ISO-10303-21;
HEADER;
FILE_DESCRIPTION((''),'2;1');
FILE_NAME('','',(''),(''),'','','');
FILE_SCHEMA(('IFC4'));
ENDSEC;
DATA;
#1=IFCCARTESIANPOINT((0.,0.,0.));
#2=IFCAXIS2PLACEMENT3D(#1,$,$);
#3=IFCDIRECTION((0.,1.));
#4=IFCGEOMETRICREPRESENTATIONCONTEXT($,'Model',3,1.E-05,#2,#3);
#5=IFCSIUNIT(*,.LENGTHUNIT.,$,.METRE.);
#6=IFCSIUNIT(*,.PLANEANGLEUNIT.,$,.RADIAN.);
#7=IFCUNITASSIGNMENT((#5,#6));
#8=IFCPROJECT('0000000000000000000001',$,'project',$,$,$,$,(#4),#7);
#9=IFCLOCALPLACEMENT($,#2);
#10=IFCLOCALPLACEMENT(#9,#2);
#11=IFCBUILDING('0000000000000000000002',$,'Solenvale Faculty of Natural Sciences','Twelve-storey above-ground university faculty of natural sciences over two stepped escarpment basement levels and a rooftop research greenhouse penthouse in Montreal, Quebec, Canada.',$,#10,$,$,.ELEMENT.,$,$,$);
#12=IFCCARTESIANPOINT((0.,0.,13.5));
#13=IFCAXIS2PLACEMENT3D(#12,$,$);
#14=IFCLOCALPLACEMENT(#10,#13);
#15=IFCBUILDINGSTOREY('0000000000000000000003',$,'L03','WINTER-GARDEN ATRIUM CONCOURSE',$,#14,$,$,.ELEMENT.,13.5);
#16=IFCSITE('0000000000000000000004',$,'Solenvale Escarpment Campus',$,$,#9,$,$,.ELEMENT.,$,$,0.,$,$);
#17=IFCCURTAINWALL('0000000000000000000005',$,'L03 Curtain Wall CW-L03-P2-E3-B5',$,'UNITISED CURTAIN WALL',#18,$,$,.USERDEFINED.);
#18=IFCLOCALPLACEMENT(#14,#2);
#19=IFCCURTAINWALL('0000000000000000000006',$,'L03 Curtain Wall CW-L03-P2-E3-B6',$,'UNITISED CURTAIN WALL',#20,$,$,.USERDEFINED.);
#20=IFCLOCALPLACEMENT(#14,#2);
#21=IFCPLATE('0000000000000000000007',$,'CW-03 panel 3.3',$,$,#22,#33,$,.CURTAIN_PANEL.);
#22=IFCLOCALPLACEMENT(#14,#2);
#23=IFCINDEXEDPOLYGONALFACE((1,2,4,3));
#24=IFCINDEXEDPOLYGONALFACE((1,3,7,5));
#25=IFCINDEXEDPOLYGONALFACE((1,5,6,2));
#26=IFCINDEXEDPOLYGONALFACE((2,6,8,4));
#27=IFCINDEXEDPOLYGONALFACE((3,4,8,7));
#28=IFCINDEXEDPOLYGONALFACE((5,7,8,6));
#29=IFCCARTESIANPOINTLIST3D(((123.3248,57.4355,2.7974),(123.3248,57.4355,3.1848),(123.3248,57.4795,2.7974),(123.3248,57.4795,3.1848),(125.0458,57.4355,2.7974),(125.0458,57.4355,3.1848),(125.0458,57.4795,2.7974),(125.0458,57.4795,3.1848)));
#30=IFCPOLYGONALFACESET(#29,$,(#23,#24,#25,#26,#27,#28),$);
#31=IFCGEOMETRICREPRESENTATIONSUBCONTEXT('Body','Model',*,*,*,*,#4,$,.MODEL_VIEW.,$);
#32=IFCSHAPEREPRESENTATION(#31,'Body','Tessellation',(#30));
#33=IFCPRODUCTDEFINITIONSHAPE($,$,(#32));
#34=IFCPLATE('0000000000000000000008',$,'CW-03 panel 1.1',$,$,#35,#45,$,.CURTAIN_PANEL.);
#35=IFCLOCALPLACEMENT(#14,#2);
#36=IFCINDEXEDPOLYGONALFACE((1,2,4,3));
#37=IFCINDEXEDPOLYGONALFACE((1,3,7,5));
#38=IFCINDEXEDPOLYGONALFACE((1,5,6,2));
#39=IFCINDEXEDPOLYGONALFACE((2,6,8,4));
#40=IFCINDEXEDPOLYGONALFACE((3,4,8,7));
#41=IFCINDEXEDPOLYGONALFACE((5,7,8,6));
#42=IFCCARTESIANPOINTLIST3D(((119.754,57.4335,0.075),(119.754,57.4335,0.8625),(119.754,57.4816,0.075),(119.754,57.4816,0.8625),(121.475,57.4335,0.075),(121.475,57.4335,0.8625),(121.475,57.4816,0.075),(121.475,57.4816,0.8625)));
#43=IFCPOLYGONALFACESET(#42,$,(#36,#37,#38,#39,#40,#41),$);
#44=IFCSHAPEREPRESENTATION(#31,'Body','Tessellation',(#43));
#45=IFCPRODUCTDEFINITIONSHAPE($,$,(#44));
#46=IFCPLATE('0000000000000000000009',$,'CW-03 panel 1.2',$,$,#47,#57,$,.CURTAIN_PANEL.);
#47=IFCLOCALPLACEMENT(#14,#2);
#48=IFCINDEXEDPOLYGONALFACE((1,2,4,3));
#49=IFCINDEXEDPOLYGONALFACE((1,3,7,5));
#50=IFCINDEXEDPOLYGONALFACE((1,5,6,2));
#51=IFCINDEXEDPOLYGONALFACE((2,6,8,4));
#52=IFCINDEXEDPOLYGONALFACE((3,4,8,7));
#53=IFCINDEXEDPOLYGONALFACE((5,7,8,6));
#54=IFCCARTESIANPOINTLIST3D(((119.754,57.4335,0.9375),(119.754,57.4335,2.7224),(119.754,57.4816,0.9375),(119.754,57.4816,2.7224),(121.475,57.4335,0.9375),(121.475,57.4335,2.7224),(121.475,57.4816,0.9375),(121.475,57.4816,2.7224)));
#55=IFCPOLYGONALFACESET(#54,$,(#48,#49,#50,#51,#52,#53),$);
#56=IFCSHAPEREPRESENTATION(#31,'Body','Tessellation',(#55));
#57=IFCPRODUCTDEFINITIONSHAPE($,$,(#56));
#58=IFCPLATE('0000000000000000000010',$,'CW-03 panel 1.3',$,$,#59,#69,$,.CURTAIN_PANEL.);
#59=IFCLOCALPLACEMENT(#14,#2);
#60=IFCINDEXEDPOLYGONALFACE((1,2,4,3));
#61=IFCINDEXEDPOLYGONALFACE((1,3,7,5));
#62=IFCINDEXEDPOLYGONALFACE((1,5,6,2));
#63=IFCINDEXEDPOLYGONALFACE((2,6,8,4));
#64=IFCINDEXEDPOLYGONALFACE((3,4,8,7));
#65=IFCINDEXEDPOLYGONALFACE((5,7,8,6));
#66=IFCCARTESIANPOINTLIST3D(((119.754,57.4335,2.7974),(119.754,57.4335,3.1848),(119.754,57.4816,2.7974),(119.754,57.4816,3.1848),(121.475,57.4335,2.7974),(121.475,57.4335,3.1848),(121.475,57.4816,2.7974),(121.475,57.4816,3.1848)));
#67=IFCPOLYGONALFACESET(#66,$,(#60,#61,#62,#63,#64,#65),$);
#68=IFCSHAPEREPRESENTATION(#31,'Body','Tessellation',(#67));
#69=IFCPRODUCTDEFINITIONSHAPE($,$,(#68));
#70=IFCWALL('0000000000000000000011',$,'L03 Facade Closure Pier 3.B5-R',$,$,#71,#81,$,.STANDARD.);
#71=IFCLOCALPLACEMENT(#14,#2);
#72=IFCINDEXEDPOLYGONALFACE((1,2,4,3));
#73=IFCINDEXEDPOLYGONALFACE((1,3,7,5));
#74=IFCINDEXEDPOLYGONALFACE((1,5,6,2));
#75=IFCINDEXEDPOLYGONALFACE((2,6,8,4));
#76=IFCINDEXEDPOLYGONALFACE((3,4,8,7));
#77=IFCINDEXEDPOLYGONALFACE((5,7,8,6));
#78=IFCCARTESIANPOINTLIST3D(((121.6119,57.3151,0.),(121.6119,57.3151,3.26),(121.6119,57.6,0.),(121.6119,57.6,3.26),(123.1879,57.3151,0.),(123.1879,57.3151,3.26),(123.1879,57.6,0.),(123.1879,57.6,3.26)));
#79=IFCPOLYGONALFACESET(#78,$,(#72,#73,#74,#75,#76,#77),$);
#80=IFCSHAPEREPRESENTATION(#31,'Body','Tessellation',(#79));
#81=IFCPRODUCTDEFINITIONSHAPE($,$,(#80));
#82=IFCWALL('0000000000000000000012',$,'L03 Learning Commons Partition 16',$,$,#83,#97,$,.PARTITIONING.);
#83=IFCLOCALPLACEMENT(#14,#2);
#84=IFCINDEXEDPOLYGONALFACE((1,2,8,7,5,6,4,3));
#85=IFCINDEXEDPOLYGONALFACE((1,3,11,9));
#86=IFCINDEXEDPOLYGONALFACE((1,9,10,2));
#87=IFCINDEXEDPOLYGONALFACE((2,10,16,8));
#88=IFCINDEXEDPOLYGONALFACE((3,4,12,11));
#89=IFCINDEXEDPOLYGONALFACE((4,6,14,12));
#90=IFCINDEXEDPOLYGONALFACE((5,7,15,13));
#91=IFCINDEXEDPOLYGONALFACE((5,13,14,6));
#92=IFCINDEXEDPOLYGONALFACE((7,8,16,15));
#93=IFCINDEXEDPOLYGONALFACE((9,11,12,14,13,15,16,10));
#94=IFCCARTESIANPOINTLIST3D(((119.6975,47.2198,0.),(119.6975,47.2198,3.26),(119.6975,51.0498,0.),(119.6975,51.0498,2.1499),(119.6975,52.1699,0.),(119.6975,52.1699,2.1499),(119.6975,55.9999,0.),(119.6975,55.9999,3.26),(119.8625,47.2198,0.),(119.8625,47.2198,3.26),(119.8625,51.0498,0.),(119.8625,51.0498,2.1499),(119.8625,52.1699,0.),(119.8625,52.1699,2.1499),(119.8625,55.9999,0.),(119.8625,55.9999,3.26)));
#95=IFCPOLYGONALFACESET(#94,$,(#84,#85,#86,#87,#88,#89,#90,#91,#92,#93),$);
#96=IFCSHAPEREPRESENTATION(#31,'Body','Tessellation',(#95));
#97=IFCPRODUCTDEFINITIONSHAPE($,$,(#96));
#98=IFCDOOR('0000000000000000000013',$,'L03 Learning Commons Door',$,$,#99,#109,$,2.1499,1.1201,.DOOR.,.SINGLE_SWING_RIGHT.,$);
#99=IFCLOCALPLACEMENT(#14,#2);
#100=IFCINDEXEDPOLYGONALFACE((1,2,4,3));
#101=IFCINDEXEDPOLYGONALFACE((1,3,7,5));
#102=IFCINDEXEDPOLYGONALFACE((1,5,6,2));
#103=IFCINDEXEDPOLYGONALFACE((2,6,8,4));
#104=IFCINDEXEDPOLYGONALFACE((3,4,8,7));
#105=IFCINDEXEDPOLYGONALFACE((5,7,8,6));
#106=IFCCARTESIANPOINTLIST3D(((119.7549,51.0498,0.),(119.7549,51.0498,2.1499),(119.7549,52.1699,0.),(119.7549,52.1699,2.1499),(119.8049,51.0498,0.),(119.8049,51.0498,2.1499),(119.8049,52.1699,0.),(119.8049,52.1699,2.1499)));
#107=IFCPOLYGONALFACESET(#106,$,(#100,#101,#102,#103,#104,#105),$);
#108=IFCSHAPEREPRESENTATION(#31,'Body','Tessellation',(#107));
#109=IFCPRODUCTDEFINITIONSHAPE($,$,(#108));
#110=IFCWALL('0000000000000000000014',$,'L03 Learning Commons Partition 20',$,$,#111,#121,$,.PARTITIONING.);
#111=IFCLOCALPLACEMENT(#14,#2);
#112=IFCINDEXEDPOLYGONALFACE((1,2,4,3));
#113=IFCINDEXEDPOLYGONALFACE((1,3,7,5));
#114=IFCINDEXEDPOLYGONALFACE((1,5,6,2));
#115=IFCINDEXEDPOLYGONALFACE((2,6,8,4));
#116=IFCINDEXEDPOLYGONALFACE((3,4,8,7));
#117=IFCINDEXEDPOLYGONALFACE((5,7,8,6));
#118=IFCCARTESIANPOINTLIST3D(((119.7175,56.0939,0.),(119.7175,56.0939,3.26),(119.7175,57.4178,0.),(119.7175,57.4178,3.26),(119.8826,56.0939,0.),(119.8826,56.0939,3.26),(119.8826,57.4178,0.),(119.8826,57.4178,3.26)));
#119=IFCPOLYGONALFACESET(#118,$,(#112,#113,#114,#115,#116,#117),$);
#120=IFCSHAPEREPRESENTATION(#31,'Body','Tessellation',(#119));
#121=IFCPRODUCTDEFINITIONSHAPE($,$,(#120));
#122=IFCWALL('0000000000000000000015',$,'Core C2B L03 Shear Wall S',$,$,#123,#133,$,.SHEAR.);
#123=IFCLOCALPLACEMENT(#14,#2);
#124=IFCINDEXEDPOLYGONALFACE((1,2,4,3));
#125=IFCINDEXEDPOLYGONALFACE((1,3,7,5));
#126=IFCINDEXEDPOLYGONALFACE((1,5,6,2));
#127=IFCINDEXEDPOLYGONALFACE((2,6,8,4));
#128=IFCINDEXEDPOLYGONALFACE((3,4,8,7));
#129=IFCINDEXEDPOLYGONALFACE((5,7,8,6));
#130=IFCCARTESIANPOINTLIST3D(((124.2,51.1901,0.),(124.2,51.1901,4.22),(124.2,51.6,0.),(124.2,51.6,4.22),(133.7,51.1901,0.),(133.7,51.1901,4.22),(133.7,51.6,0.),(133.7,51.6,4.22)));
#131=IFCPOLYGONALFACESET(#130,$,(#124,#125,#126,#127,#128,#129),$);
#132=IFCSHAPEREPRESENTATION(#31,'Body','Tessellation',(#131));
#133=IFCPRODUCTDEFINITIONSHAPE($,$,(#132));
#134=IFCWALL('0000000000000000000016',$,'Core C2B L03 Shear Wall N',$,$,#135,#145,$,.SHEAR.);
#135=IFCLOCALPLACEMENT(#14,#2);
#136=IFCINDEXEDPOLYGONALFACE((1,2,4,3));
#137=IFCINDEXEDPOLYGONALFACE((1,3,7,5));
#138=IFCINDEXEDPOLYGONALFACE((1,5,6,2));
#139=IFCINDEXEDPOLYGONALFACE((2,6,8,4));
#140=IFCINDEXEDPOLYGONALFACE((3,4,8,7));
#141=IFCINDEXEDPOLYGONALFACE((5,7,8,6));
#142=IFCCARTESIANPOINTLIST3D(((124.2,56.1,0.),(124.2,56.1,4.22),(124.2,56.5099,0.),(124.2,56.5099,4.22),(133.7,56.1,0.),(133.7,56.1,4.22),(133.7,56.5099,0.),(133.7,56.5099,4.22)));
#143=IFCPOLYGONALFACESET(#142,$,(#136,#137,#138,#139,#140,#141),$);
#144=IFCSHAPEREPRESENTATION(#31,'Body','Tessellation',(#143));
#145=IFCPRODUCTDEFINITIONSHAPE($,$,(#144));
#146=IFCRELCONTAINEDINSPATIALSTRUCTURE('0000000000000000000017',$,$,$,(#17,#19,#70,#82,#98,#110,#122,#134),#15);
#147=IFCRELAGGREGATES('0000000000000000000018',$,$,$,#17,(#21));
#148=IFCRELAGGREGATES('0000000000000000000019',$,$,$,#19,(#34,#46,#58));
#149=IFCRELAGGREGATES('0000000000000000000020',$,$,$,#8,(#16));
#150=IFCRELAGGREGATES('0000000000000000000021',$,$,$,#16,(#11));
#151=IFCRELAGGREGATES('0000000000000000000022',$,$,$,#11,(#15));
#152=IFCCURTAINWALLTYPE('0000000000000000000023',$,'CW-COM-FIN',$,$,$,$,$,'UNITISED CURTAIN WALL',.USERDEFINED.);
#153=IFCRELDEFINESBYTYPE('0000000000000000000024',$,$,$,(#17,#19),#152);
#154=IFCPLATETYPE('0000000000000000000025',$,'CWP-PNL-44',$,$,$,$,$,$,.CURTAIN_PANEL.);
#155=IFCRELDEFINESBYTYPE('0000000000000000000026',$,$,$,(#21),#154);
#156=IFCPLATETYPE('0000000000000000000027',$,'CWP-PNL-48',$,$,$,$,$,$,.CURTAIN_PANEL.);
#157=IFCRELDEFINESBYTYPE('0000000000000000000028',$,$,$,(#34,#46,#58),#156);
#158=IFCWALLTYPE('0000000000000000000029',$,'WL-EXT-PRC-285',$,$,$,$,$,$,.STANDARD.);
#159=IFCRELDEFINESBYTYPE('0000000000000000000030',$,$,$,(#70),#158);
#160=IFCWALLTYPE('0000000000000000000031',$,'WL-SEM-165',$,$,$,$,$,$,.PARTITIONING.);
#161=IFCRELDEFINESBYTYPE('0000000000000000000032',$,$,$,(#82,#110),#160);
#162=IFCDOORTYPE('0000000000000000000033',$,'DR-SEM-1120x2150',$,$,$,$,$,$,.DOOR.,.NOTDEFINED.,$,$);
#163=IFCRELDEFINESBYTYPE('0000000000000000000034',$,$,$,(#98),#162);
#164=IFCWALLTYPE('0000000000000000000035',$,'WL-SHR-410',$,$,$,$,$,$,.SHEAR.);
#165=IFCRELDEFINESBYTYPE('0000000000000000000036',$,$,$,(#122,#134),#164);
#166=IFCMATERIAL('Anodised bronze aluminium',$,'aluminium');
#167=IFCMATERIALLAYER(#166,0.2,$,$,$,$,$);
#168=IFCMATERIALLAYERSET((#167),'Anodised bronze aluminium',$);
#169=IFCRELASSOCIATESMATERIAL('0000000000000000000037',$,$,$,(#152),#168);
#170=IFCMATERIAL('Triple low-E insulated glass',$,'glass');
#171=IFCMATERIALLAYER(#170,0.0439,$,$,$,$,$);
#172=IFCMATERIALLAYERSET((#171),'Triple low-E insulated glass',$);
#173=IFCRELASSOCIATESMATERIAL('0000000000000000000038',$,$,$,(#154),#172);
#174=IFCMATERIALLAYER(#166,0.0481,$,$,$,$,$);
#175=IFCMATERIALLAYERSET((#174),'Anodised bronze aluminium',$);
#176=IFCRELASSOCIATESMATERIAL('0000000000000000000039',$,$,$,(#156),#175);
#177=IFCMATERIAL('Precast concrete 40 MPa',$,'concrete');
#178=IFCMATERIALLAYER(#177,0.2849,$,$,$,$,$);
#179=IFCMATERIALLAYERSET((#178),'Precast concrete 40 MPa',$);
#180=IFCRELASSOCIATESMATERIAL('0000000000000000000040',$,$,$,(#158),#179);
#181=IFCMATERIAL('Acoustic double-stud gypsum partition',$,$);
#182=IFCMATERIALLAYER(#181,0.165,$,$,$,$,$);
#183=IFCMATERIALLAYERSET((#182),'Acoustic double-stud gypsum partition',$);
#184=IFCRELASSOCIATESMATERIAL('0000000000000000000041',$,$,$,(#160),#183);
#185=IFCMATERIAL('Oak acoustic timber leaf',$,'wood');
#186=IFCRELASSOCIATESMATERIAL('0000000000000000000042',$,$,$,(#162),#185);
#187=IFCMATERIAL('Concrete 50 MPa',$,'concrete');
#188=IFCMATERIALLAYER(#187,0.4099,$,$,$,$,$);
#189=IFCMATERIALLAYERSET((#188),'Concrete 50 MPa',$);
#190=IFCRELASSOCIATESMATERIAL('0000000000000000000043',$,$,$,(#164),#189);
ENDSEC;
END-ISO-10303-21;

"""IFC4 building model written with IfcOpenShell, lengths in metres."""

from ifc_helpers import new_model, si_unit, direction, frame, frame_2d, origin, origin_2d, place, context, subcontext, project, spatial, rectangle, extrude, material, layer, layer_set, type_object, element, fill, aggregate, save


model = new_model("IFC4")

# Units and contexts
model_context = context("Model", 3, precision=1e-05, world=origin(), true_north=direction((0.0, 1.0)))
body_context = subcontext(model_context, "Body", "Model", "MODEL_VIEW")
ifc_project = project(units=[si_unit("LENGTHUNIT", "METRE"), si_unit("PLANEANGLEUNIT", "RADIAN")], contexts=[model_context])

# Site, building, storey
site_placement = place(None, origin())
site = spatial("IfcSite", under=ifc_project, at=site_placement, Name="Solenvale Escarpment Campus", CompositionType="ELEMENT", RefElevation=0.0)
building_placement = place(site_placement, origin())
building = spatial("IfcBuilding", under=site, at=building_placement, Name="Solenvale Faculty of Natural Sciences", Description="Twelve-storey above-ground university faculty of natural sciences over two stepped escarpment basement levels and a rooftop research greenhouse penthouse in Montreal, Quebec, Canada.", CompositionType="ELEMENT")
storey_placement = place(building_placement, frame((0.0, 0.0, 13.5)))
storey = spatial("IfcBuildingStorey", under=building, at=storey_placement, Name="L03", Description="WINTER-GARDEN ATRIUM CONCOURSE", CompositionType="ELEMENT", Elevation=13.5)

# Curtain wall
ifc_material_1 = material(Name="Anodised bronze aluminium", Category="aluminium")
ifc_layer_1 = layer(ifc_material_1, 0.2)
ifc_layer_set_1 = layer_set([ifc_layer_1], Name="Anodised bronze aluminium")
curtain_wall_type = type_object("IfcCurtainWallType", Name="CW-COM-FIN", ElementType="UNITISED CURTAIN WALL", PredefinedType="USERDEFINED", material=ifc_layer_set_1)
curtain_wall_1_placement = place(storey_placement, origin())
curtain_wall_1 = element("IfcCurtainWall", 1, at=curtain_wall_1_placement, inside=storey, type_object=curtain_wall_type, Name="L03 Curtain Wall CW-L03-P2-E3-B5", ObjectType="UNITISED CURTAIN WALL", PredefinedType="USERDEFINED")

# Curtain wall
curtain_wall_2_placement = place(storey_placement, origin())
curtain_wall_2 = element("IfcCurtainWall", 2, at=curtain_wall_2_placement, inside=storey, type_object=curtain_wall_type, Name="L03 Curtain Wall CW-L03-P2-E3-B6", ObjectType="UNITISED CURTAIN WALL", PredefinedType="USERDEFINED")

# Plates
ifc_material_2 = material(Name="Triple low-E insulated glass", Category="glass")
ifc_layer_2 = layer(ifc_material_2, 0.0439)
ifc_layer_set_2 = layer_set([ifc_layer_2], Name="Triple low-E insulated glass")
plate_type_1 = type_object("IfcPlateType", Name="CWP-PNL-44", PredefinedType="CURTAIN_PANEL", material=ifc_layer_set_2)
plate_1_placement = place(storey_placement, frame((124.1853, 57.4575, 2.7974), z_axis=(0.0, 0.0, 1.0), x_axis=(-1.0, 0.0, 0.0)))
plate_1 = element("IfcPlate", 3, at=plate_1_placement, type_object=plate_type_1, Name="CW-03 panel 3.3", PredefinedType="CURTAIN_PANEL", context=body_context, shape_type="SweptSolid", body=[
    extrude(rectangle(XDim=1.7209, YDim=0.0439, at=origin_2d()), origin(), (0.0, 0.0, 1.0), 0.3875),
])
aggregate(curtain_wall_1, [plate_1])
ifc_layer_3 = layer(ifc_material_1, 0.0481)
ifc_layer_set_3 = layer_set([ifc_layer_3], Name="Anodised bronze aluminium")
plate_type_2 = type_object("IfcPlateType", Name="CWP-PNL-48", PredefinedType="CURTAIN_PANEL", material=ifc_layer_set_3)
plate_2_placement = place(storey_placement, frame((120.6145, 57.4575, 0.075), z_axis=(0.0, 0.0, 1.0), x_axis=(-1.0, 0.0, 0.0)))
plate_2 = element("IfcPlate", 4, at=plate_2_placement, type_object=plate_type_2, Name="CW-03 panel 1.1", PredefinedType="CURTAIN_PANEL", context=body_context, shape_type="SweptSolid", body=[
    extrude(rectangle(XDim=1.7209, YDim=0.0481, at=origin_2d()), origin(), (0.0, 0.0, 1.0), 0.7876),
])
plate_3_placement = place(storey_placement, frame((120.6145, 57.4575, 0.9375), z_axis=(0.0, 0.0, 1.0), x_axis=(-1.0, 0.0, 0.0)))
plate_3 = element("IfcPlate", 5, at=plate_3_placement, type_object=plate_type_2, Name="CW-03 panel 1.2", PredefinedType="CURTAIN_PANEL", context=body_context, shape_type="SweptSolid", body=[
    extrude(rectangle(XDim=1.7209, YDim=0.0481, at=origin_2d()), origin(), (0.0, 0.0, 1.0), 1.7849),
])
plate_4_placement = place(storey_placement, frame((120.6145, 57.4575, 2.7974), z_axis=(0.0, 0.0, 1.0), x_axis=(-1.0, 0.0, 0.0)))
plate_4 = element("IfcPlate", 6, at=plate_4_placement, type_object=plate_type_2, Name="CW-03 panel 1.3", PredefinedType="CURTAIN_PANEL", context=body_context, shape_type="SweptSolid", body=[
    extrude(rectangle(XDim=1.7209, YDim=0.0481, at=origin_2d()), origin(), (0.0, 0.0, 1.0), 0.3875),
])
aggregate(curtain_wall_2, [plate_2, plate_3, plate_4])

# Wall
ifc_material_3 = material(Name="Precast concrete 40 MPa", Category="concrete")
ifc_layer_4 = layer(ifc_material_3, 0.2849)
ifc_layer_set_4 = layer_set([ifc_layer_4], Name="Precast concrete 40 MPa")
wall_type_1 = type_object("IfcWallType", Name="WL-EXT-PRC-285", PredefinedType="STANDARD", material=ifc_layer_set_4)
wall_1_placement = place(storey_placement, frame((123.188, 57.4575, 0.0), z_axis=(0.0, 0.0, 1.0), x_axis=(-1.0, 0.0, 0.0)))
element("IfcWall", 7, at=wall_1_placement, inside=storey, type_object=wall_type_1, Name="L03 Facade Closure Pier 3.B5-R", PredefinedType="STANDARD", context=body_context, shape_type="SweptSolid", body=[
    extrude(rectangle(XDim=1.5759, YDim=0.2849, at=frame_2d((0.7881, 0.0))), origin(), (0.0, 0.0, 1.0), 3.26),
])

# Wall, opening, door
ifc_material_4 = material(Name="Acoustic double-stud gypsum partition")
ifc_layer_5 = layer(ifc_material_4, 0.165)
ifc_layer_set_5 = layer_set([ifc_layer_5], Name="Acoustic double-stud gypsum partition")
wall_type_2 = type_object("IfcWallType", Name="WL-SEM-165", PredefinedType="PARTITIONING", material=ifc_layer_set_5)
wall_2_placement = place(storey_placement, frame((119.78, 56.0, 0.0), z_axis=(0.0, 0.0, 1.0), x_axis=(0.0, -1.0, 0.0)))
wall_2 = element("IfcWall", 8, at=wall_2_placement, inside=storey, type_object=wall_type_2, Name="L03 Learning Commons Partition 16", PredefinedType="PARTITIONING", context=body_context, shape_type="SweptSolid", body=[
    extrude(rectangle(XDim=8.78, YDim=0.165, at=frame_2d((4.3901, 0.0))), origin(), (0.0, 0.0, 1.0), 3.26),
])
opening_1_placement = place(wall_2_placement, frame((3.8301, 0.0, 0.0)))
opening_1 = element("IfcOpeningElement", 9, at=opening_1_placement, cuts=wall_2, PredefinedType="OPENING", context=body_context, shape_type="SweptSolid", body=[
    extrude(rectangle(XDim=1.1201, YDim=2.1499, at=frame_2d((0.5601, 1.075))), frame((0.0, 0.0925, 0.0), z_axis=(0.0, -1.0, 0.0), x_axis=(1.0, 0.0, 0.0)), (0.0, 0.0, 1.0), 0.1851),
])
ifc_material_5 = material(Name="Oak acoustic timber leaf", Category="wood")
door_type_1 = type_object("IfcDoorType", Name="DR-SEM-1120x2150", OperationType="NOTDEFINED", PredefinedType="DOOR", material=ifc_material_5)
door_1_placement = place(opening_1_placement, origin())
door_1 = element("IfcDoor", 10, at=door_1_placement, inside=storey, type_object=door_type_1, Name="L03 Learning Commons Door", OperationType="SINGLE_SWING_RIGHT", OverallHeight=2.1499, OverallWidth=1.1201, PredefinedType="DOOR", context=body_context, shape_type="SweptSolid", body=[
    extrude(rectangle(XDim=1.1201, YDim=2.1499, at=frame_2d((0.5601, 1.075))), frame((0.0, 0.0249, 0.0), z_axis=(0.0, -1.0, 0.0), x_axis=(1.0, 0.0, 0.0)), (0.0, 0.0, 1.0), 0.05),
])
fill(opening_1, door_1)

# Walls
wall_3_placement = place(storey_placement, frame((119.8, 57.418, 0.0), z_axis=(0.0, 0.0, 1.0), x_axis=(0.0, -1.0, 0.0)))
element("IfcWall", 11, at=wall_3_placement, inside=storey, type_object=wall_type_2, Name="L03 Learning Commons Partition 20", PredefinedType="PARTITIONING", context=body_context, shape_type="SweptSolid", body=[
    extrude(rectangle(XDim=1.324, YDim=0.165, at=frame_2d((0.6621, 0.0))), origin(), (0.0, 0.0, 1.0), 3.26),
])
ifc_material_6 = material(Name="Concrete 50 MPa", Category="concrete")
ifc_layer_6 = layer(ifc_material_6, 0.4099)
ifc_layer_set_6 = layer_set([ifc_layer_6], Name="Concrete 50 MPa")
wall_type_3 = type_object("IfcWallType", Name="WL-SHR-410", PredefinedType="SHEAR", material=ifc_layer_set_6)
for number, where, z_axis, x_axis, name in (
    (12, (124.2, 51.395, 0.0), (0.0, 0.0, 1.0), (1.0, 0.0, 0.0), "Core C2B L03 Shear Wall S"),
    (13, (124.2, 56.3049, 0.0), (0.0, 0.0, 1.0), (1.0, 0.0, 0.0), "Core C2B L03 Shear Wall N"),
):
    element("IfcWall", number, at=place(storey_placement, frame(where, z_axis=z_axis, x_axis=x_axis)), inside=storey, type_object=wall_type_3, Name=name, PredefinedType="SHEAR", context=body_context, shape_type="SweptSolid", body=[
        extrude(rectangle(XDim=9.5, YDim=0.4099, at=frame_2d((4.75, 0.0))), origin(), (0.0, 0.0, 1.0), 4.22),
    ])

save(model, "model.ifc")
